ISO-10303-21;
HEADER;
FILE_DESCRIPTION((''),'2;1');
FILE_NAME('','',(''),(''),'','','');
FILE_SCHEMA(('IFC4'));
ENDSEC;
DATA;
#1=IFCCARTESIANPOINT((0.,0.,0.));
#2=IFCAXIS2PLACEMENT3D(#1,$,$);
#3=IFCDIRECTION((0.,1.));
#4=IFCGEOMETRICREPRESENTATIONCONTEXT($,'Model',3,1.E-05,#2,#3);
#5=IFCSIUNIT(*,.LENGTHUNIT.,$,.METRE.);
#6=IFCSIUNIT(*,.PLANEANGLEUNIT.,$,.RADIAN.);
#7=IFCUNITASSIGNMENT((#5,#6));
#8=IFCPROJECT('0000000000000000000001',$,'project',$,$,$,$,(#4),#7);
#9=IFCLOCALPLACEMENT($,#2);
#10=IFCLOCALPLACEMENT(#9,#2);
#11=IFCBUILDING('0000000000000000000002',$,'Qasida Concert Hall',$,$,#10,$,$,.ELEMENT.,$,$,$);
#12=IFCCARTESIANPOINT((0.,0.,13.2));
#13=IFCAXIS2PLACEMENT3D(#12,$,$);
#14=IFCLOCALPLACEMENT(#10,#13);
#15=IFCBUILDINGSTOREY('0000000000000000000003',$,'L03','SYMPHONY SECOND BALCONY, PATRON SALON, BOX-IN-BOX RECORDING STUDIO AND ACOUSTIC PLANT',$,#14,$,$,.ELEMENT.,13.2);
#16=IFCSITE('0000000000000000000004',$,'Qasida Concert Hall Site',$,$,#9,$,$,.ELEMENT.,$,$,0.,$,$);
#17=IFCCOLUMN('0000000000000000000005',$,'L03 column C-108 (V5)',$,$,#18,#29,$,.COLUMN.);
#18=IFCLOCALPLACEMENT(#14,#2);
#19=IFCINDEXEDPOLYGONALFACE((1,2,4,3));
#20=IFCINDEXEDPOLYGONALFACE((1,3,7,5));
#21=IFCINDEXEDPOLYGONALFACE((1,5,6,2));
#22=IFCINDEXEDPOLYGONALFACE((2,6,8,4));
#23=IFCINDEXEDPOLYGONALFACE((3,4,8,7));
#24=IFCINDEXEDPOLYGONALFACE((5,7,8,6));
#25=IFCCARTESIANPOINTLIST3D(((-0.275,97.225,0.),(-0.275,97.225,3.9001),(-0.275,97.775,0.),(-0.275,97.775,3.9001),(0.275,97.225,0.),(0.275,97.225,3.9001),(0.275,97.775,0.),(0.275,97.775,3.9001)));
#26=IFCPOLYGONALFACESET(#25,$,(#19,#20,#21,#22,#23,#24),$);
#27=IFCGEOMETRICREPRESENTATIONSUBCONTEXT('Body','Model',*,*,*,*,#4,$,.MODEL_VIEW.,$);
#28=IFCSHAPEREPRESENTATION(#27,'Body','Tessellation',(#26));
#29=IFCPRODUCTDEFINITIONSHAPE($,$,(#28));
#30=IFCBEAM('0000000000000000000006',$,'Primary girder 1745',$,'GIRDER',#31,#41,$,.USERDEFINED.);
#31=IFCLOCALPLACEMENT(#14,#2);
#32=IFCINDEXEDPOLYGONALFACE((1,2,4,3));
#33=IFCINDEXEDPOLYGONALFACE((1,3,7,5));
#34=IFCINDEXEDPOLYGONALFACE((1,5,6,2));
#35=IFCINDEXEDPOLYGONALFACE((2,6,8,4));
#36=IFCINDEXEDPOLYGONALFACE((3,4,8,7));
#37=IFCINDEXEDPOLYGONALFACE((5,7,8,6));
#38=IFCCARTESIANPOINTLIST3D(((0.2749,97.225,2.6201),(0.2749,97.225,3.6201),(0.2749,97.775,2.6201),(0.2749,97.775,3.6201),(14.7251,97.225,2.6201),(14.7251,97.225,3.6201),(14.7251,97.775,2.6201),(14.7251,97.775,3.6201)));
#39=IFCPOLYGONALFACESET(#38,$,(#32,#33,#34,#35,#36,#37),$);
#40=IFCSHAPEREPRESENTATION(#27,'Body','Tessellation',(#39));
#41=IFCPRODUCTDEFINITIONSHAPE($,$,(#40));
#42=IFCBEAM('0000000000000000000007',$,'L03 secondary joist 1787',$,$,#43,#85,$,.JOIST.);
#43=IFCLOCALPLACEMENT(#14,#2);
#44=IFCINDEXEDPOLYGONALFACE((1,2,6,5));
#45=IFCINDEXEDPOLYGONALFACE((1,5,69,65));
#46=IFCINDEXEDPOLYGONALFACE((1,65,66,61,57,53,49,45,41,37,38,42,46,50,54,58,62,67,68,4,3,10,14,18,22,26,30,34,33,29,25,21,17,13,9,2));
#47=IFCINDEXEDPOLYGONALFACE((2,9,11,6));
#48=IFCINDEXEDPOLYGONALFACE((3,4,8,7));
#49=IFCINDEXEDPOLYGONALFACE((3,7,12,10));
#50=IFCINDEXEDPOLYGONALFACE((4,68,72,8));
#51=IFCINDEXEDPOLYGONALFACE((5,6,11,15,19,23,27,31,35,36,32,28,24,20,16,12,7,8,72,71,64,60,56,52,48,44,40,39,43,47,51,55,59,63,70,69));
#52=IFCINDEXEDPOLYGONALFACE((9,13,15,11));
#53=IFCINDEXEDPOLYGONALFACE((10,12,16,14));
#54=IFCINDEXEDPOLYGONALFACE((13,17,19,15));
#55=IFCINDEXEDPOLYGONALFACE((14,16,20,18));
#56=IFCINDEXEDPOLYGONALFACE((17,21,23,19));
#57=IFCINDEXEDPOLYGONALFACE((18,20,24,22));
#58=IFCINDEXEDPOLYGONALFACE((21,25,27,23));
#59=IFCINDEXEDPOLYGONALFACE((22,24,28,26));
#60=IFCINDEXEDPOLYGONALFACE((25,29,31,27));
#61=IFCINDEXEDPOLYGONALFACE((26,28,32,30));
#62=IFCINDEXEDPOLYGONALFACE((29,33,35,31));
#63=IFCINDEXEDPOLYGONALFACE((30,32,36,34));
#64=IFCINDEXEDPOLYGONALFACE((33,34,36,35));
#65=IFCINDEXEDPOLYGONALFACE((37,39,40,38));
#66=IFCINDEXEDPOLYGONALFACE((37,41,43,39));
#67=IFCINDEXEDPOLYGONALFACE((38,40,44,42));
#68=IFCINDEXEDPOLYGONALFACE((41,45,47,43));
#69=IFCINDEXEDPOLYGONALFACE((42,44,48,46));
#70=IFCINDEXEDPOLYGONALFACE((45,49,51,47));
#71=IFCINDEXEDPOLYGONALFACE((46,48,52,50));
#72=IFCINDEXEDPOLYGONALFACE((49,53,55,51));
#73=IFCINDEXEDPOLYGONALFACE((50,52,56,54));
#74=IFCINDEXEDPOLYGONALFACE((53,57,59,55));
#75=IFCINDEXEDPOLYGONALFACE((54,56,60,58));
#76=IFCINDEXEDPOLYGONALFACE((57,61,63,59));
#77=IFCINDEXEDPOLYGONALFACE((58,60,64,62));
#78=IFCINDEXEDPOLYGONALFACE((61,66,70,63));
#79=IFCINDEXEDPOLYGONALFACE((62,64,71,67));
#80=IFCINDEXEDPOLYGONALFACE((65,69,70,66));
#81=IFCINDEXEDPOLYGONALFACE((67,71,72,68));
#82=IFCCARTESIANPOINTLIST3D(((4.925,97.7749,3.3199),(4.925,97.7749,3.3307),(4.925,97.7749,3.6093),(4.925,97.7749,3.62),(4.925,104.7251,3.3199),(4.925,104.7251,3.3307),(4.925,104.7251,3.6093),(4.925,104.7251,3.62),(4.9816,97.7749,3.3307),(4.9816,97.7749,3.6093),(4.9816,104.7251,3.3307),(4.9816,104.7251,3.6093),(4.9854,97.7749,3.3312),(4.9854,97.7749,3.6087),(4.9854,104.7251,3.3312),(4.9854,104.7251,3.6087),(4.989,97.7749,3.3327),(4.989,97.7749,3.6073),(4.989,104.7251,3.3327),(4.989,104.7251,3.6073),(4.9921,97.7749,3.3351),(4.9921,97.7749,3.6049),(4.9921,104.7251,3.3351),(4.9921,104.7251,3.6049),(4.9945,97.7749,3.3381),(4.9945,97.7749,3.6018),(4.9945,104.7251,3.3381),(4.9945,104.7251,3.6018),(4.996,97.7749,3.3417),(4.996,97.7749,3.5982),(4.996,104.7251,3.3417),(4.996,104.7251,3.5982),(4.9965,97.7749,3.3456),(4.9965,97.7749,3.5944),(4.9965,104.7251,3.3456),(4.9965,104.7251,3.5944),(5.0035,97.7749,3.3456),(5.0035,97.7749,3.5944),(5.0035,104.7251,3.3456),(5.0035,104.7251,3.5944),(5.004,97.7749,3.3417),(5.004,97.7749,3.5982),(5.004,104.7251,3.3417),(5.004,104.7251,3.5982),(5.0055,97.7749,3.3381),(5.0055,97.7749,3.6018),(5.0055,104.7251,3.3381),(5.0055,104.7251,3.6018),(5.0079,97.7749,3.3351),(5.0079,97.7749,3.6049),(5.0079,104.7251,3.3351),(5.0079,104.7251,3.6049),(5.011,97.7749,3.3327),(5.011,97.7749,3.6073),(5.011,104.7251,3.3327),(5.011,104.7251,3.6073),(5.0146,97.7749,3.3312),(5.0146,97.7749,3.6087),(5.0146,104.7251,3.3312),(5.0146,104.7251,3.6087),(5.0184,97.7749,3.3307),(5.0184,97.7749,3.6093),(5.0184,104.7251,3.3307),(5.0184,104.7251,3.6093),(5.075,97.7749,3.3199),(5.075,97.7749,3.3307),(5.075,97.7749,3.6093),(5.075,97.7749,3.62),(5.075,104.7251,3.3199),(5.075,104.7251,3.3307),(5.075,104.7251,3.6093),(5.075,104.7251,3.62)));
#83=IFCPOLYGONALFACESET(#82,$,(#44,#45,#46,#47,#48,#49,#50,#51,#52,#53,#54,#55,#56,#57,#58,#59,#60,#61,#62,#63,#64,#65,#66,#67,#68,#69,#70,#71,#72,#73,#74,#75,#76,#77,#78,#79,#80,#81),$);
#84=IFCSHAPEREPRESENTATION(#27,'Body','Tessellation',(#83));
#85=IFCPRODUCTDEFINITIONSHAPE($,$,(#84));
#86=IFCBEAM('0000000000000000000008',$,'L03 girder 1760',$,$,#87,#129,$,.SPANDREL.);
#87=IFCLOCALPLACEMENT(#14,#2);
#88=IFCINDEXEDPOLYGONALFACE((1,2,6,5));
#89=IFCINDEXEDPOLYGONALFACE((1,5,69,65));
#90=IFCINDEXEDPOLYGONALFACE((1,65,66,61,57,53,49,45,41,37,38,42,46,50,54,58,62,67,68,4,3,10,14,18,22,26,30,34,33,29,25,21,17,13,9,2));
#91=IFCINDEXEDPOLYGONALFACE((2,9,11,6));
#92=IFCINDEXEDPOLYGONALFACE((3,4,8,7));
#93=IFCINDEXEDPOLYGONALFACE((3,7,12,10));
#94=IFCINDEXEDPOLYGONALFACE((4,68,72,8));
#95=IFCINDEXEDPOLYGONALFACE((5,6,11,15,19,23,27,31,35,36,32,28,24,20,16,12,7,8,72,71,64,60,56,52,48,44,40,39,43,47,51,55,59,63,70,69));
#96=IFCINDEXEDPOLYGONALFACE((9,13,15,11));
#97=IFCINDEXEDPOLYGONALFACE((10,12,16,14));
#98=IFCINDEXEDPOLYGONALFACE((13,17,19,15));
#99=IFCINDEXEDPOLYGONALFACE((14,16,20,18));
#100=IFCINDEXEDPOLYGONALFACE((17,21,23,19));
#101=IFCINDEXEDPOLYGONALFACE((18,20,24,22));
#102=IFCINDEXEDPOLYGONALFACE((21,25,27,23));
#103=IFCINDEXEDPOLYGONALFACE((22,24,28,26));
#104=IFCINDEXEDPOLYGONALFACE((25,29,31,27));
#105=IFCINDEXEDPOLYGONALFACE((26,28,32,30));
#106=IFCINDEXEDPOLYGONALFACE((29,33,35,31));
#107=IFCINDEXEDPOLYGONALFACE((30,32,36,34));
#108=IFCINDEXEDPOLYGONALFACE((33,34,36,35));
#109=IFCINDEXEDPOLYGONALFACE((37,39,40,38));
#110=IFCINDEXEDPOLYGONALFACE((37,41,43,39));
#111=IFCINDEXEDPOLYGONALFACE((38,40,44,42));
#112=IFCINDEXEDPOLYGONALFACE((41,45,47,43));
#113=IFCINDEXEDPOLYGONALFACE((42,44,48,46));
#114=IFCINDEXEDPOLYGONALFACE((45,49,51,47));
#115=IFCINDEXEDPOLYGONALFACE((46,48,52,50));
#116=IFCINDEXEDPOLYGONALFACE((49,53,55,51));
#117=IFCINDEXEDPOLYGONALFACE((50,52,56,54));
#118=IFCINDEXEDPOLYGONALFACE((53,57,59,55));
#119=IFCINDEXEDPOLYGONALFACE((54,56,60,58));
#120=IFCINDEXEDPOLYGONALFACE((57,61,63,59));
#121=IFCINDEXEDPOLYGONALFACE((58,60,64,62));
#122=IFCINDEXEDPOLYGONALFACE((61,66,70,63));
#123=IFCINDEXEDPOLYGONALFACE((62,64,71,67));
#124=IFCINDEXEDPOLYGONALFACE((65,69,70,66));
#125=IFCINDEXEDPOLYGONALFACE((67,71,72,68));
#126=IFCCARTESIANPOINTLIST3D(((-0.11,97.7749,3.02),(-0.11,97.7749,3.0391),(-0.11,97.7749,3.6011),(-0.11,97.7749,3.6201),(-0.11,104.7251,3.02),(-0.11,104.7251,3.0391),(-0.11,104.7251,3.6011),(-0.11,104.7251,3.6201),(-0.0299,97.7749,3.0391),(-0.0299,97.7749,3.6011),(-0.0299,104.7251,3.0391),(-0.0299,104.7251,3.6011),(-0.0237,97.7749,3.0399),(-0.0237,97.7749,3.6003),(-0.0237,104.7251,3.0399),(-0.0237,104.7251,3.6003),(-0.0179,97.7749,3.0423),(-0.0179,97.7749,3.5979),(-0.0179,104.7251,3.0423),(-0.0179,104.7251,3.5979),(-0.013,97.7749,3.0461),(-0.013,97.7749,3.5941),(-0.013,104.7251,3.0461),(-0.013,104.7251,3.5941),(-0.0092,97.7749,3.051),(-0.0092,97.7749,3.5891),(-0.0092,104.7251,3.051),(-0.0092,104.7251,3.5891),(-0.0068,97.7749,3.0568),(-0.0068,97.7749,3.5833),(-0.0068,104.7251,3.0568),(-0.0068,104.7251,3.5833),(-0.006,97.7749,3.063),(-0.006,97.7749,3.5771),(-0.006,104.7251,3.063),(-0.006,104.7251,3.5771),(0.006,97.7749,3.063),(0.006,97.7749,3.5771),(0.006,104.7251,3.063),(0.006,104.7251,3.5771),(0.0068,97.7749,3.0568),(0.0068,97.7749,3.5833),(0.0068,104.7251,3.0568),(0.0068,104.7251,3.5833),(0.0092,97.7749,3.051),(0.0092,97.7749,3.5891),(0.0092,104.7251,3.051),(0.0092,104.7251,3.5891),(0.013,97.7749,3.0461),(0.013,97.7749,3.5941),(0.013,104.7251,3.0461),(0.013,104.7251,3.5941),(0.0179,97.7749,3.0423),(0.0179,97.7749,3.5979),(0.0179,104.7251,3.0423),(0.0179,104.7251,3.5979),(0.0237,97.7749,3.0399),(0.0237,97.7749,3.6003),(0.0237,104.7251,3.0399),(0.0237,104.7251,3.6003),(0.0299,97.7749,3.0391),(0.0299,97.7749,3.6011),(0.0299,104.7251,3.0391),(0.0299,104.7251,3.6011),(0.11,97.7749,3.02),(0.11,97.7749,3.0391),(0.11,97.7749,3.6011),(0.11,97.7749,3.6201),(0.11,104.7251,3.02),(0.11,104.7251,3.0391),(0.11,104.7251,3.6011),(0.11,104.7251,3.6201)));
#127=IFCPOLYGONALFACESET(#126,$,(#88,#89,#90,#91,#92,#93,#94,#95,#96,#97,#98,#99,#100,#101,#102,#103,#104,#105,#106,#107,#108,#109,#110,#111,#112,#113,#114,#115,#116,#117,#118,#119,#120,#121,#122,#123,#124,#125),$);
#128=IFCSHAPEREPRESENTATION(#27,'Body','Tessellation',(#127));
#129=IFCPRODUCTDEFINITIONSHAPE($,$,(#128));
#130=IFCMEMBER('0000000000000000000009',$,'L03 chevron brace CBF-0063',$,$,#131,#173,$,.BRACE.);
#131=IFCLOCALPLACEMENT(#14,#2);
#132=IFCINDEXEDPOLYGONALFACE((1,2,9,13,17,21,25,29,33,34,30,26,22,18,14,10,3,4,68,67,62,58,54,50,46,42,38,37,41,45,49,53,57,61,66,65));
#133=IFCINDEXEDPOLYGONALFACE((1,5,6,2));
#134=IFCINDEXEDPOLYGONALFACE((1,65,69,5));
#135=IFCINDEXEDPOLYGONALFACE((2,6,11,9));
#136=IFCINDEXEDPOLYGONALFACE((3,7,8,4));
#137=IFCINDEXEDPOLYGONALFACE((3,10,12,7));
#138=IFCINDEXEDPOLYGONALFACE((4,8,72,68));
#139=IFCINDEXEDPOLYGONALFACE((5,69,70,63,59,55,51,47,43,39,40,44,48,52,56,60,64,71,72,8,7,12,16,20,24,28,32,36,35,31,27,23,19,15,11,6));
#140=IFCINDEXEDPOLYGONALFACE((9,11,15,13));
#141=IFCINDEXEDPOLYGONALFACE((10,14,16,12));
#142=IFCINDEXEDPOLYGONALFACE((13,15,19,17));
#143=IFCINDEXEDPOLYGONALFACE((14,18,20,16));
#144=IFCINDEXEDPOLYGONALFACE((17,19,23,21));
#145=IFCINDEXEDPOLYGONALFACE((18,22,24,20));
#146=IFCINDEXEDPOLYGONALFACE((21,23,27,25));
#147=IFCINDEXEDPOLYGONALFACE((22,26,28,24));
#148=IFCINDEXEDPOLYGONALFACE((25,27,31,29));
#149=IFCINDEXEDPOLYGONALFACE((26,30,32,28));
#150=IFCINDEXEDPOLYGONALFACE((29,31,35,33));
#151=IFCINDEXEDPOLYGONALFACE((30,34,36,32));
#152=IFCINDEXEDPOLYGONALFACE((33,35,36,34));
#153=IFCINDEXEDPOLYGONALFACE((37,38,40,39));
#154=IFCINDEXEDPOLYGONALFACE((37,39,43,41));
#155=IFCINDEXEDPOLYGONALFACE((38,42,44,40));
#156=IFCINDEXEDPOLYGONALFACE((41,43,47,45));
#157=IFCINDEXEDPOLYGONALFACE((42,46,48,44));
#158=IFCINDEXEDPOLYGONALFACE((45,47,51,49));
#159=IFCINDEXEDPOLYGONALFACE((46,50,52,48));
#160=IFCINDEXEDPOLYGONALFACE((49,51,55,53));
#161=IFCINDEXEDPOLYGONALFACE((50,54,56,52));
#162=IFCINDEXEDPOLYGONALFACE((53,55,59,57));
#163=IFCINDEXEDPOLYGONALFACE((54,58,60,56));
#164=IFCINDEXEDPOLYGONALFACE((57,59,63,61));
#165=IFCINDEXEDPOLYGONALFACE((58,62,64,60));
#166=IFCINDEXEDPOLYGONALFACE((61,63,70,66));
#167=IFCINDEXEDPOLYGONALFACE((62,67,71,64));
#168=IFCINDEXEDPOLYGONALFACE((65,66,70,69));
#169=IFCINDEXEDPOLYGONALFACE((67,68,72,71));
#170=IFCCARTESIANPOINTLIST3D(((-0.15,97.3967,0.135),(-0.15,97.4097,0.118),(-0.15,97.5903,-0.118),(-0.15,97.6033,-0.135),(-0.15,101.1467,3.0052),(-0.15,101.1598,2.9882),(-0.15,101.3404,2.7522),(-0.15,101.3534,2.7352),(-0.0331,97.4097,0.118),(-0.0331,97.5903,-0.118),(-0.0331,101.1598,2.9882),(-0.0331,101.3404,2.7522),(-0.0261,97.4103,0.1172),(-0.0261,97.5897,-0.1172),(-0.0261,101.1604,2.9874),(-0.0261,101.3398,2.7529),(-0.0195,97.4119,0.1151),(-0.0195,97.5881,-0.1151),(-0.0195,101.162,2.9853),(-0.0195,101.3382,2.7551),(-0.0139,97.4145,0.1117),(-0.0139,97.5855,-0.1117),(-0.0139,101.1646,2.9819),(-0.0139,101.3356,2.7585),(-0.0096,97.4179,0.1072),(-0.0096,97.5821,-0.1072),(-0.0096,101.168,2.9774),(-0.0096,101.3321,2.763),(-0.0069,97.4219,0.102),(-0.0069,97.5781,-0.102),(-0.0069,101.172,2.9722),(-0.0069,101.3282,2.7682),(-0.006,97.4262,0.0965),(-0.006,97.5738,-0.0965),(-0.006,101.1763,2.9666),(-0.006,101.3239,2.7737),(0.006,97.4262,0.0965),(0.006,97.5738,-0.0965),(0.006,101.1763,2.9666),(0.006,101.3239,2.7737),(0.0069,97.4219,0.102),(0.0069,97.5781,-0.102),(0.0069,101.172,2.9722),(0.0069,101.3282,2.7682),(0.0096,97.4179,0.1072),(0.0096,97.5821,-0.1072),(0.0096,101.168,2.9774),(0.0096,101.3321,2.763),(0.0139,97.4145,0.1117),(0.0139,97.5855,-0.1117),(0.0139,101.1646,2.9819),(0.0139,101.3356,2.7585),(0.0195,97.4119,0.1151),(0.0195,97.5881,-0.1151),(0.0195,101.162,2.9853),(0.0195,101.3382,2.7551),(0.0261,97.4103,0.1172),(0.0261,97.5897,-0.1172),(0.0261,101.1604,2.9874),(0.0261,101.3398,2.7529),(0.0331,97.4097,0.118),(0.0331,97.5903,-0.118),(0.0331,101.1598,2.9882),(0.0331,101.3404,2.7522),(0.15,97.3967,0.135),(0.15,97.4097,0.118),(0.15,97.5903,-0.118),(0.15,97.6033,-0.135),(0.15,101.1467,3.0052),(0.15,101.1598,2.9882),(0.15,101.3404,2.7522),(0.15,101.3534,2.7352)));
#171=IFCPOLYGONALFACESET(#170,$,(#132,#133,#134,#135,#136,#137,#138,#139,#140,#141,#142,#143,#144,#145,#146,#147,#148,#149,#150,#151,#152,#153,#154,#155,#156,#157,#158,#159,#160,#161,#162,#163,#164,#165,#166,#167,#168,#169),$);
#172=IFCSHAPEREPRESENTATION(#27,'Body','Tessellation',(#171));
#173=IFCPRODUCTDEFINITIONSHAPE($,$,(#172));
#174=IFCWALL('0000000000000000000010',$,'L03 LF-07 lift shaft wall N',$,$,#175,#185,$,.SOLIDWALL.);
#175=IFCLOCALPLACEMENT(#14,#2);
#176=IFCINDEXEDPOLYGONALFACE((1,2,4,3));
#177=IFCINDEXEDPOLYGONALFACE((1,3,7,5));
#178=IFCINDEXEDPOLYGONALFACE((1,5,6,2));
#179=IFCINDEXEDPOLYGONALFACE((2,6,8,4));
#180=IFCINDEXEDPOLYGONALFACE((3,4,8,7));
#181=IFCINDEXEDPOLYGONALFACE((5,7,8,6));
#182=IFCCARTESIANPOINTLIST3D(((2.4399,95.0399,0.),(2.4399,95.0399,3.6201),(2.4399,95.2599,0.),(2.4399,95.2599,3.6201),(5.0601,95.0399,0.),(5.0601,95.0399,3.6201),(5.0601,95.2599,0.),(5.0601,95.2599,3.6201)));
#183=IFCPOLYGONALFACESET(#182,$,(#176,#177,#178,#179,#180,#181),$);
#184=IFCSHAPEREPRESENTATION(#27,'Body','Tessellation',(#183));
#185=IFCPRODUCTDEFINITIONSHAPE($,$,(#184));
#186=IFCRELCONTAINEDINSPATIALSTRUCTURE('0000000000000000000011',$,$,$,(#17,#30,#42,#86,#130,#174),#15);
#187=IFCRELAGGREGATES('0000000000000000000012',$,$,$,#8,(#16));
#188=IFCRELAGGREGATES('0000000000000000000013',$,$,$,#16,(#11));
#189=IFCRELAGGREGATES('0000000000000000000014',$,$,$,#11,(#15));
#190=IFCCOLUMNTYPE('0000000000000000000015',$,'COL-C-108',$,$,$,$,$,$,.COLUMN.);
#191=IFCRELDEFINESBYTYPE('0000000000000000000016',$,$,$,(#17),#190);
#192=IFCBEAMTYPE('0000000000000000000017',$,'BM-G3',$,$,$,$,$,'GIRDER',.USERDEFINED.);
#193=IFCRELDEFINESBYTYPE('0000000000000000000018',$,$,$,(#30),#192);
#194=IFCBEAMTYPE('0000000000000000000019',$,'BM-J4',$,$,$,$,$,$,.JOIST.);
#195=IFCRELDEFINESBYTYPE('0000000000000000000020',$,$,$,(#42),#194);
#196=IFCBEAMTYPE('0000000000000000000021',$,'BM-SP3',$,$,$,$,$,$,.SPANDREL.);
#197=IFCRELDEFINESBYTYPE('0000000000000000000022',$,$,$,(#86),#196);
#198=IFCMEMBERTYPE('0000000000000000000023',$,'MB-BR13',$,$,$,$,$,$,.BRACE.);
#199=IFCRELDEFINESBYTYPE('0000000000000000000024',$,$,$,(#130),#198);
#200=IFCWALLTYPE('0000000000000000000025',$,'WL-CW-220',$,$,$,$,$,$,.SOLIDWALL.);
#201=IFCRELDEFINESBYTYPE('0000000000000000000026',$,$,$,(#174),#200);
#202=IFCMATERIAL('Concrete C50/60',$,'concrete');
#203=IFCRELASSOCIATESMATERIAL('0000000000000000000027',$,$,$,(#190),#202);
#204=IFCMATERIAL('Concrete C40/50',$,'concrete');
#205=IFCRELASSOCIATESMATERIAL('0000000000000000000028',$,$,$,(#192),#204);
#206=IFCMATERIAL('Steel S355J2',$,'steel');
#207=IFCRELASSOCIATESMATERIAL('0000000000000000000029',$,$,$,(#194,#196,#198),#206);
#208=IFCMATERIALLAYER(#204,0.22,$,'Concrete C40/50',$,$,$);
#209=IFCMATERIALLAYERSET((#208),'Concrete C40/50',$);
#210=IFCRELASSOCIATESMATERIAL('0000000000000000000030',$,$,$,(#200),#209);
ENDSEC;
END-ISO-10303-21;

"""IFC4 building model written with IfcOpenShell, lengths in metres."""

from ifc_helpers import new_model, si_unit, direction, frame, frame_2d, origin, origin_2d, place, context, subcontext, project, spatial, rectangle, i_section, extrude, material, layer, layer_set, material_profile, profile_set, type_object, element, save


model = new_model("IFC4")

# Units and contexts
model_context = context("Model", 3, precision=1e-05, world=origin(), true_north=direction((0.0, 1.0)))
body_context = subcontext(model_context, "Body", "Model", "MODEL_VIEW")
ifc_project = project(units=[si_unit("LENGTHUNIT", "METRE"), si_unit("PLANEANGLEUNIT", "RADIAN")], contexts=[model_context])

# Site, building, storey
site_placement = place(None, origin())
site = spatial("IfcSite", under=ifc_project, at=site_placement, Name="Qasida Concert Hall Site", CompositionType="ELEMENT", RefElevation=0.0)
building_placement = place(site_placement, origin())
building = spatial("IfcBuilding", under=site, at=building_placement, Name="Qasida Concert Hall", CompositionType="ELEMENT")
storey_placement = place(building_placement, frame((0.0, 0.0, 13.2)))
storey = spatial("IfcBuildingStorey", under=building, at=storey_placement, Name="L03", Description="SYMPHONY SECOND BALCONY, PATRON SALON, BOX-IN-BOX RECORDING STUDIO AND ACOUSTIC PLANT", CompositionType="ELEMENT", Elevation=13.2)

# Column
ifc_material_1 = material(Name="Concrete C50/60", Category="concrete")
ifc_material_profile_1 = material_profile(ifc_material_1, rectangle(XDim=0.55, YDim=0.55, at=origin_2d()), Name="RC 550x550")
ifc_profile_set_1 = profile_set([ifc_material_profile_1], Name="Concrete C50/60")
column_type = type_object("IfcColumnType", Name="COL-C-108", PredefinedType="COLUMN", material=ifc_profile_set_1)
column_placement = place(storey_placement, frame((0.0, 97.5, 0.0), z_axis=(0.0, 0.0, 1.0), x_axis=(1.0, 0.0, 0.0)))
element("IfcColumn", 1, at=column_placement, inside=storey, type_object=column_type, Name="L03 column C-108 (V5)", PredefinedType="COLUMN", context=body_context, shape_type="SweptSolid", body=[
    extrude(rectangle(XDim=0.55, YDim=0.55, at=origin_2d()), origin(), (0.0, 0.0, 1.0), 3.9001),
])

# Beams
ifc_material_2 = material(Name="Concrete C40/50", Category="concrete")
ifc_material_profile_2 = material_profile(ifc_material_2, rectangle(XDim=0.55, YDim=1.0, at=origin_2d()), Name="RC 550x1000")
ifc_profile_set_2 = profile_set([ifc_material_profile_2], Name="Concrete C40/50")
beam_type_1 = type_object("IfcBeamType", Name="BM-G3", ElementType="GIRDER", PredefinedType="USERDEFINED", material=ifc_profile_set_2)
beam_1_placement = place(storey_placement, frame((0.2749, 97.5, 3.1201), z_axis=(1.0, 0.0, 0.0), x_axis=(0.0, 1.0, 0.0)))
element("IfcBeam", 2, at=beam_1_placement, inside=storey, type_object=beam_type_1, Name="Primary girder 1745", ObjectType="GIRDER", PredefinedType="USERDEFINED", context=body_context, shape_type="SweptSolid", body=[
    extrude(rectangle(XDim=0.55, YDim=1.0, at=origin_2d()), origin(), (0.0, 0.0, 1.0), 14.4502),
])
ifc_material_3 = material(Name="Steel S355J2", Category="steel")
ifc_material_profile_3 = material_profile(ifc_material_3, i_section(OverallWidth=0.1499, OverallDepth=0.3, WebThickness=0.0071, FlangeThickness=0.0107, FilletRadius=0.0149, at=origin_2d()), Name="IPE 300")
ifc_profile_set_3 = profile_set([ifc_material_profile_3], Name="Steel S355J2")
beam_type_2 = type_object("IfcBeamType", Name="BM-J4", PredefinedType="JOIST", material=ifc_profile_set_3)
beam_2_placement = place(storey_placement, frame((5.0, 97.7749, 3.47), z_axis=(0.0, 1.0, 0.0), x_axis=(-1.0, 0.0, 0.0)))
element("IfcBeam", 3, at=beam_2_placement, inside=storey, type_object=beam_type_2, Name="L03 secondary joist 1787", PredefinedType="JOIST", context=body_context, shape_type="SweptSolid", body=[
    extrude(i_section(OverallWidth=0.1499, OverallDepth=0.3, WebThickness=0.0071, FlangeThickness=0.0107, FilletRadius=0.0149, at=origin_2d()), origin(), (0.0, 0.0, 1.0), 6.9502),
])
ifc_material_profile_4 = material_profile(ifc_material_3, i_section(OverallWidth=0.22, OverallDepth=0.6001, WebThickness=0.012, FlangeThickness=0.019, FilletRadius=0.0239, at=origin_2d()), Name="IPE 600")
ifc_profile_set_4 = profile_set([ifc_material_profile_4], Name="Steel S355J2")
beam_type_3 = type_object("IfcBeamType", Name="BM-SP3", PredefinedType="SPANDREL", material=ifc_profile_set_4)
beam_3_placement = place(storey_placement, frame((0.0, 97.7749, 3.3201), z_axis=(0.0, 1.0, 0.0), x_axis=(-1.0, 0.0, 0.0)))
element("IfcBeam", 4, at=beam_3_placement, inside=storey, type_object=beam_type_3, Name="L03 girder 1760", PredefinedType="SPANDREL", context=body_context, shape_type="SweptSolid", body=[
    extrude(i_section(OverallWidth=0.22, OverallDepth=0.6001, WebThickness=0.012, FlangeThickness=0.019, FilletRadius=0.0239, at=origin_2d()), origin(), (0.0, 0.0, 1.0), 6.9502),
])

# Member
ifc_material_profile_5 = material_profile(ifc_material_3, i_section(OverallWidth=0.3, OverallDepth=0.3401, WebThickness=0.012, FlangeThickness=0.0215, FilletRadius=0.0271, at=origin_2d()), Name="HEB 340")
ifc_profile_set_5 = profile_set([ifc_material_profile_5], Name="Steel S355J2")
member_type = type_object("IfcMemberType", Name="MB-BR13", PredefinedType="BRACE", material=ifc_profile_set_5)
member_placement = place(storey_placement, frame((0.0, 97.5, 0.0), z_axis=(0.0, 0.794105, 0.60778), x_axis=(-1.0, 0.0, 0.0)))
element("IfcMember", 5, at=member_placement, inside=storey, type_object=member_type, Name="L03 chevron brace CBF-0063", PredefinedType="BRACE", context=body_context, shape_type="SweptSolid", body=[
    extrude(i_section(OverallWidth=0.3, OverallDepth=0.3401, WebThickness=0.012, FlangeThickness=0.0215, FilletRadius=0.0271, at=origin_2d()), origin(), (0.0, 0.0, 1.0), 4.7224),
])

# Wall
ifc_layer_1 = layer(ifc_material_2, 0.22, Name="Concrete C40/50")
ifc_layer_set_1 = layer_set([ifc_layer_1], Name="Concrete C40/50")
wall_type_1 = type_object("IfcWallType", Name="WL-CW-220", PredefinedType="SOLIDWALL", material=ifc_layer_set_1)
wall_1_placement = place(storey_placement, frame((2.4399, 95.1499, 0.0), z_axis=(0.0, 0.0, 1.0), x_axis=(1.0, 0.0, 0.0)))
element("IfcWall", 6, at=wall_1_placement, inside=storey, type_object=wall_type_1, Name="L03 LF-07 lift shaft wall N", PredefinedType="SOLIDWALL", context=body_context, shape_type="SweptSolid", body=[
    extrude(rectangle(XDim=2.6201, YDim=0.22, at=frame_2d((1.3101, 0.0))), origin(), (0.0, 0.0, 1.0), 3.6201),
])

save(model, "model.ifc")
